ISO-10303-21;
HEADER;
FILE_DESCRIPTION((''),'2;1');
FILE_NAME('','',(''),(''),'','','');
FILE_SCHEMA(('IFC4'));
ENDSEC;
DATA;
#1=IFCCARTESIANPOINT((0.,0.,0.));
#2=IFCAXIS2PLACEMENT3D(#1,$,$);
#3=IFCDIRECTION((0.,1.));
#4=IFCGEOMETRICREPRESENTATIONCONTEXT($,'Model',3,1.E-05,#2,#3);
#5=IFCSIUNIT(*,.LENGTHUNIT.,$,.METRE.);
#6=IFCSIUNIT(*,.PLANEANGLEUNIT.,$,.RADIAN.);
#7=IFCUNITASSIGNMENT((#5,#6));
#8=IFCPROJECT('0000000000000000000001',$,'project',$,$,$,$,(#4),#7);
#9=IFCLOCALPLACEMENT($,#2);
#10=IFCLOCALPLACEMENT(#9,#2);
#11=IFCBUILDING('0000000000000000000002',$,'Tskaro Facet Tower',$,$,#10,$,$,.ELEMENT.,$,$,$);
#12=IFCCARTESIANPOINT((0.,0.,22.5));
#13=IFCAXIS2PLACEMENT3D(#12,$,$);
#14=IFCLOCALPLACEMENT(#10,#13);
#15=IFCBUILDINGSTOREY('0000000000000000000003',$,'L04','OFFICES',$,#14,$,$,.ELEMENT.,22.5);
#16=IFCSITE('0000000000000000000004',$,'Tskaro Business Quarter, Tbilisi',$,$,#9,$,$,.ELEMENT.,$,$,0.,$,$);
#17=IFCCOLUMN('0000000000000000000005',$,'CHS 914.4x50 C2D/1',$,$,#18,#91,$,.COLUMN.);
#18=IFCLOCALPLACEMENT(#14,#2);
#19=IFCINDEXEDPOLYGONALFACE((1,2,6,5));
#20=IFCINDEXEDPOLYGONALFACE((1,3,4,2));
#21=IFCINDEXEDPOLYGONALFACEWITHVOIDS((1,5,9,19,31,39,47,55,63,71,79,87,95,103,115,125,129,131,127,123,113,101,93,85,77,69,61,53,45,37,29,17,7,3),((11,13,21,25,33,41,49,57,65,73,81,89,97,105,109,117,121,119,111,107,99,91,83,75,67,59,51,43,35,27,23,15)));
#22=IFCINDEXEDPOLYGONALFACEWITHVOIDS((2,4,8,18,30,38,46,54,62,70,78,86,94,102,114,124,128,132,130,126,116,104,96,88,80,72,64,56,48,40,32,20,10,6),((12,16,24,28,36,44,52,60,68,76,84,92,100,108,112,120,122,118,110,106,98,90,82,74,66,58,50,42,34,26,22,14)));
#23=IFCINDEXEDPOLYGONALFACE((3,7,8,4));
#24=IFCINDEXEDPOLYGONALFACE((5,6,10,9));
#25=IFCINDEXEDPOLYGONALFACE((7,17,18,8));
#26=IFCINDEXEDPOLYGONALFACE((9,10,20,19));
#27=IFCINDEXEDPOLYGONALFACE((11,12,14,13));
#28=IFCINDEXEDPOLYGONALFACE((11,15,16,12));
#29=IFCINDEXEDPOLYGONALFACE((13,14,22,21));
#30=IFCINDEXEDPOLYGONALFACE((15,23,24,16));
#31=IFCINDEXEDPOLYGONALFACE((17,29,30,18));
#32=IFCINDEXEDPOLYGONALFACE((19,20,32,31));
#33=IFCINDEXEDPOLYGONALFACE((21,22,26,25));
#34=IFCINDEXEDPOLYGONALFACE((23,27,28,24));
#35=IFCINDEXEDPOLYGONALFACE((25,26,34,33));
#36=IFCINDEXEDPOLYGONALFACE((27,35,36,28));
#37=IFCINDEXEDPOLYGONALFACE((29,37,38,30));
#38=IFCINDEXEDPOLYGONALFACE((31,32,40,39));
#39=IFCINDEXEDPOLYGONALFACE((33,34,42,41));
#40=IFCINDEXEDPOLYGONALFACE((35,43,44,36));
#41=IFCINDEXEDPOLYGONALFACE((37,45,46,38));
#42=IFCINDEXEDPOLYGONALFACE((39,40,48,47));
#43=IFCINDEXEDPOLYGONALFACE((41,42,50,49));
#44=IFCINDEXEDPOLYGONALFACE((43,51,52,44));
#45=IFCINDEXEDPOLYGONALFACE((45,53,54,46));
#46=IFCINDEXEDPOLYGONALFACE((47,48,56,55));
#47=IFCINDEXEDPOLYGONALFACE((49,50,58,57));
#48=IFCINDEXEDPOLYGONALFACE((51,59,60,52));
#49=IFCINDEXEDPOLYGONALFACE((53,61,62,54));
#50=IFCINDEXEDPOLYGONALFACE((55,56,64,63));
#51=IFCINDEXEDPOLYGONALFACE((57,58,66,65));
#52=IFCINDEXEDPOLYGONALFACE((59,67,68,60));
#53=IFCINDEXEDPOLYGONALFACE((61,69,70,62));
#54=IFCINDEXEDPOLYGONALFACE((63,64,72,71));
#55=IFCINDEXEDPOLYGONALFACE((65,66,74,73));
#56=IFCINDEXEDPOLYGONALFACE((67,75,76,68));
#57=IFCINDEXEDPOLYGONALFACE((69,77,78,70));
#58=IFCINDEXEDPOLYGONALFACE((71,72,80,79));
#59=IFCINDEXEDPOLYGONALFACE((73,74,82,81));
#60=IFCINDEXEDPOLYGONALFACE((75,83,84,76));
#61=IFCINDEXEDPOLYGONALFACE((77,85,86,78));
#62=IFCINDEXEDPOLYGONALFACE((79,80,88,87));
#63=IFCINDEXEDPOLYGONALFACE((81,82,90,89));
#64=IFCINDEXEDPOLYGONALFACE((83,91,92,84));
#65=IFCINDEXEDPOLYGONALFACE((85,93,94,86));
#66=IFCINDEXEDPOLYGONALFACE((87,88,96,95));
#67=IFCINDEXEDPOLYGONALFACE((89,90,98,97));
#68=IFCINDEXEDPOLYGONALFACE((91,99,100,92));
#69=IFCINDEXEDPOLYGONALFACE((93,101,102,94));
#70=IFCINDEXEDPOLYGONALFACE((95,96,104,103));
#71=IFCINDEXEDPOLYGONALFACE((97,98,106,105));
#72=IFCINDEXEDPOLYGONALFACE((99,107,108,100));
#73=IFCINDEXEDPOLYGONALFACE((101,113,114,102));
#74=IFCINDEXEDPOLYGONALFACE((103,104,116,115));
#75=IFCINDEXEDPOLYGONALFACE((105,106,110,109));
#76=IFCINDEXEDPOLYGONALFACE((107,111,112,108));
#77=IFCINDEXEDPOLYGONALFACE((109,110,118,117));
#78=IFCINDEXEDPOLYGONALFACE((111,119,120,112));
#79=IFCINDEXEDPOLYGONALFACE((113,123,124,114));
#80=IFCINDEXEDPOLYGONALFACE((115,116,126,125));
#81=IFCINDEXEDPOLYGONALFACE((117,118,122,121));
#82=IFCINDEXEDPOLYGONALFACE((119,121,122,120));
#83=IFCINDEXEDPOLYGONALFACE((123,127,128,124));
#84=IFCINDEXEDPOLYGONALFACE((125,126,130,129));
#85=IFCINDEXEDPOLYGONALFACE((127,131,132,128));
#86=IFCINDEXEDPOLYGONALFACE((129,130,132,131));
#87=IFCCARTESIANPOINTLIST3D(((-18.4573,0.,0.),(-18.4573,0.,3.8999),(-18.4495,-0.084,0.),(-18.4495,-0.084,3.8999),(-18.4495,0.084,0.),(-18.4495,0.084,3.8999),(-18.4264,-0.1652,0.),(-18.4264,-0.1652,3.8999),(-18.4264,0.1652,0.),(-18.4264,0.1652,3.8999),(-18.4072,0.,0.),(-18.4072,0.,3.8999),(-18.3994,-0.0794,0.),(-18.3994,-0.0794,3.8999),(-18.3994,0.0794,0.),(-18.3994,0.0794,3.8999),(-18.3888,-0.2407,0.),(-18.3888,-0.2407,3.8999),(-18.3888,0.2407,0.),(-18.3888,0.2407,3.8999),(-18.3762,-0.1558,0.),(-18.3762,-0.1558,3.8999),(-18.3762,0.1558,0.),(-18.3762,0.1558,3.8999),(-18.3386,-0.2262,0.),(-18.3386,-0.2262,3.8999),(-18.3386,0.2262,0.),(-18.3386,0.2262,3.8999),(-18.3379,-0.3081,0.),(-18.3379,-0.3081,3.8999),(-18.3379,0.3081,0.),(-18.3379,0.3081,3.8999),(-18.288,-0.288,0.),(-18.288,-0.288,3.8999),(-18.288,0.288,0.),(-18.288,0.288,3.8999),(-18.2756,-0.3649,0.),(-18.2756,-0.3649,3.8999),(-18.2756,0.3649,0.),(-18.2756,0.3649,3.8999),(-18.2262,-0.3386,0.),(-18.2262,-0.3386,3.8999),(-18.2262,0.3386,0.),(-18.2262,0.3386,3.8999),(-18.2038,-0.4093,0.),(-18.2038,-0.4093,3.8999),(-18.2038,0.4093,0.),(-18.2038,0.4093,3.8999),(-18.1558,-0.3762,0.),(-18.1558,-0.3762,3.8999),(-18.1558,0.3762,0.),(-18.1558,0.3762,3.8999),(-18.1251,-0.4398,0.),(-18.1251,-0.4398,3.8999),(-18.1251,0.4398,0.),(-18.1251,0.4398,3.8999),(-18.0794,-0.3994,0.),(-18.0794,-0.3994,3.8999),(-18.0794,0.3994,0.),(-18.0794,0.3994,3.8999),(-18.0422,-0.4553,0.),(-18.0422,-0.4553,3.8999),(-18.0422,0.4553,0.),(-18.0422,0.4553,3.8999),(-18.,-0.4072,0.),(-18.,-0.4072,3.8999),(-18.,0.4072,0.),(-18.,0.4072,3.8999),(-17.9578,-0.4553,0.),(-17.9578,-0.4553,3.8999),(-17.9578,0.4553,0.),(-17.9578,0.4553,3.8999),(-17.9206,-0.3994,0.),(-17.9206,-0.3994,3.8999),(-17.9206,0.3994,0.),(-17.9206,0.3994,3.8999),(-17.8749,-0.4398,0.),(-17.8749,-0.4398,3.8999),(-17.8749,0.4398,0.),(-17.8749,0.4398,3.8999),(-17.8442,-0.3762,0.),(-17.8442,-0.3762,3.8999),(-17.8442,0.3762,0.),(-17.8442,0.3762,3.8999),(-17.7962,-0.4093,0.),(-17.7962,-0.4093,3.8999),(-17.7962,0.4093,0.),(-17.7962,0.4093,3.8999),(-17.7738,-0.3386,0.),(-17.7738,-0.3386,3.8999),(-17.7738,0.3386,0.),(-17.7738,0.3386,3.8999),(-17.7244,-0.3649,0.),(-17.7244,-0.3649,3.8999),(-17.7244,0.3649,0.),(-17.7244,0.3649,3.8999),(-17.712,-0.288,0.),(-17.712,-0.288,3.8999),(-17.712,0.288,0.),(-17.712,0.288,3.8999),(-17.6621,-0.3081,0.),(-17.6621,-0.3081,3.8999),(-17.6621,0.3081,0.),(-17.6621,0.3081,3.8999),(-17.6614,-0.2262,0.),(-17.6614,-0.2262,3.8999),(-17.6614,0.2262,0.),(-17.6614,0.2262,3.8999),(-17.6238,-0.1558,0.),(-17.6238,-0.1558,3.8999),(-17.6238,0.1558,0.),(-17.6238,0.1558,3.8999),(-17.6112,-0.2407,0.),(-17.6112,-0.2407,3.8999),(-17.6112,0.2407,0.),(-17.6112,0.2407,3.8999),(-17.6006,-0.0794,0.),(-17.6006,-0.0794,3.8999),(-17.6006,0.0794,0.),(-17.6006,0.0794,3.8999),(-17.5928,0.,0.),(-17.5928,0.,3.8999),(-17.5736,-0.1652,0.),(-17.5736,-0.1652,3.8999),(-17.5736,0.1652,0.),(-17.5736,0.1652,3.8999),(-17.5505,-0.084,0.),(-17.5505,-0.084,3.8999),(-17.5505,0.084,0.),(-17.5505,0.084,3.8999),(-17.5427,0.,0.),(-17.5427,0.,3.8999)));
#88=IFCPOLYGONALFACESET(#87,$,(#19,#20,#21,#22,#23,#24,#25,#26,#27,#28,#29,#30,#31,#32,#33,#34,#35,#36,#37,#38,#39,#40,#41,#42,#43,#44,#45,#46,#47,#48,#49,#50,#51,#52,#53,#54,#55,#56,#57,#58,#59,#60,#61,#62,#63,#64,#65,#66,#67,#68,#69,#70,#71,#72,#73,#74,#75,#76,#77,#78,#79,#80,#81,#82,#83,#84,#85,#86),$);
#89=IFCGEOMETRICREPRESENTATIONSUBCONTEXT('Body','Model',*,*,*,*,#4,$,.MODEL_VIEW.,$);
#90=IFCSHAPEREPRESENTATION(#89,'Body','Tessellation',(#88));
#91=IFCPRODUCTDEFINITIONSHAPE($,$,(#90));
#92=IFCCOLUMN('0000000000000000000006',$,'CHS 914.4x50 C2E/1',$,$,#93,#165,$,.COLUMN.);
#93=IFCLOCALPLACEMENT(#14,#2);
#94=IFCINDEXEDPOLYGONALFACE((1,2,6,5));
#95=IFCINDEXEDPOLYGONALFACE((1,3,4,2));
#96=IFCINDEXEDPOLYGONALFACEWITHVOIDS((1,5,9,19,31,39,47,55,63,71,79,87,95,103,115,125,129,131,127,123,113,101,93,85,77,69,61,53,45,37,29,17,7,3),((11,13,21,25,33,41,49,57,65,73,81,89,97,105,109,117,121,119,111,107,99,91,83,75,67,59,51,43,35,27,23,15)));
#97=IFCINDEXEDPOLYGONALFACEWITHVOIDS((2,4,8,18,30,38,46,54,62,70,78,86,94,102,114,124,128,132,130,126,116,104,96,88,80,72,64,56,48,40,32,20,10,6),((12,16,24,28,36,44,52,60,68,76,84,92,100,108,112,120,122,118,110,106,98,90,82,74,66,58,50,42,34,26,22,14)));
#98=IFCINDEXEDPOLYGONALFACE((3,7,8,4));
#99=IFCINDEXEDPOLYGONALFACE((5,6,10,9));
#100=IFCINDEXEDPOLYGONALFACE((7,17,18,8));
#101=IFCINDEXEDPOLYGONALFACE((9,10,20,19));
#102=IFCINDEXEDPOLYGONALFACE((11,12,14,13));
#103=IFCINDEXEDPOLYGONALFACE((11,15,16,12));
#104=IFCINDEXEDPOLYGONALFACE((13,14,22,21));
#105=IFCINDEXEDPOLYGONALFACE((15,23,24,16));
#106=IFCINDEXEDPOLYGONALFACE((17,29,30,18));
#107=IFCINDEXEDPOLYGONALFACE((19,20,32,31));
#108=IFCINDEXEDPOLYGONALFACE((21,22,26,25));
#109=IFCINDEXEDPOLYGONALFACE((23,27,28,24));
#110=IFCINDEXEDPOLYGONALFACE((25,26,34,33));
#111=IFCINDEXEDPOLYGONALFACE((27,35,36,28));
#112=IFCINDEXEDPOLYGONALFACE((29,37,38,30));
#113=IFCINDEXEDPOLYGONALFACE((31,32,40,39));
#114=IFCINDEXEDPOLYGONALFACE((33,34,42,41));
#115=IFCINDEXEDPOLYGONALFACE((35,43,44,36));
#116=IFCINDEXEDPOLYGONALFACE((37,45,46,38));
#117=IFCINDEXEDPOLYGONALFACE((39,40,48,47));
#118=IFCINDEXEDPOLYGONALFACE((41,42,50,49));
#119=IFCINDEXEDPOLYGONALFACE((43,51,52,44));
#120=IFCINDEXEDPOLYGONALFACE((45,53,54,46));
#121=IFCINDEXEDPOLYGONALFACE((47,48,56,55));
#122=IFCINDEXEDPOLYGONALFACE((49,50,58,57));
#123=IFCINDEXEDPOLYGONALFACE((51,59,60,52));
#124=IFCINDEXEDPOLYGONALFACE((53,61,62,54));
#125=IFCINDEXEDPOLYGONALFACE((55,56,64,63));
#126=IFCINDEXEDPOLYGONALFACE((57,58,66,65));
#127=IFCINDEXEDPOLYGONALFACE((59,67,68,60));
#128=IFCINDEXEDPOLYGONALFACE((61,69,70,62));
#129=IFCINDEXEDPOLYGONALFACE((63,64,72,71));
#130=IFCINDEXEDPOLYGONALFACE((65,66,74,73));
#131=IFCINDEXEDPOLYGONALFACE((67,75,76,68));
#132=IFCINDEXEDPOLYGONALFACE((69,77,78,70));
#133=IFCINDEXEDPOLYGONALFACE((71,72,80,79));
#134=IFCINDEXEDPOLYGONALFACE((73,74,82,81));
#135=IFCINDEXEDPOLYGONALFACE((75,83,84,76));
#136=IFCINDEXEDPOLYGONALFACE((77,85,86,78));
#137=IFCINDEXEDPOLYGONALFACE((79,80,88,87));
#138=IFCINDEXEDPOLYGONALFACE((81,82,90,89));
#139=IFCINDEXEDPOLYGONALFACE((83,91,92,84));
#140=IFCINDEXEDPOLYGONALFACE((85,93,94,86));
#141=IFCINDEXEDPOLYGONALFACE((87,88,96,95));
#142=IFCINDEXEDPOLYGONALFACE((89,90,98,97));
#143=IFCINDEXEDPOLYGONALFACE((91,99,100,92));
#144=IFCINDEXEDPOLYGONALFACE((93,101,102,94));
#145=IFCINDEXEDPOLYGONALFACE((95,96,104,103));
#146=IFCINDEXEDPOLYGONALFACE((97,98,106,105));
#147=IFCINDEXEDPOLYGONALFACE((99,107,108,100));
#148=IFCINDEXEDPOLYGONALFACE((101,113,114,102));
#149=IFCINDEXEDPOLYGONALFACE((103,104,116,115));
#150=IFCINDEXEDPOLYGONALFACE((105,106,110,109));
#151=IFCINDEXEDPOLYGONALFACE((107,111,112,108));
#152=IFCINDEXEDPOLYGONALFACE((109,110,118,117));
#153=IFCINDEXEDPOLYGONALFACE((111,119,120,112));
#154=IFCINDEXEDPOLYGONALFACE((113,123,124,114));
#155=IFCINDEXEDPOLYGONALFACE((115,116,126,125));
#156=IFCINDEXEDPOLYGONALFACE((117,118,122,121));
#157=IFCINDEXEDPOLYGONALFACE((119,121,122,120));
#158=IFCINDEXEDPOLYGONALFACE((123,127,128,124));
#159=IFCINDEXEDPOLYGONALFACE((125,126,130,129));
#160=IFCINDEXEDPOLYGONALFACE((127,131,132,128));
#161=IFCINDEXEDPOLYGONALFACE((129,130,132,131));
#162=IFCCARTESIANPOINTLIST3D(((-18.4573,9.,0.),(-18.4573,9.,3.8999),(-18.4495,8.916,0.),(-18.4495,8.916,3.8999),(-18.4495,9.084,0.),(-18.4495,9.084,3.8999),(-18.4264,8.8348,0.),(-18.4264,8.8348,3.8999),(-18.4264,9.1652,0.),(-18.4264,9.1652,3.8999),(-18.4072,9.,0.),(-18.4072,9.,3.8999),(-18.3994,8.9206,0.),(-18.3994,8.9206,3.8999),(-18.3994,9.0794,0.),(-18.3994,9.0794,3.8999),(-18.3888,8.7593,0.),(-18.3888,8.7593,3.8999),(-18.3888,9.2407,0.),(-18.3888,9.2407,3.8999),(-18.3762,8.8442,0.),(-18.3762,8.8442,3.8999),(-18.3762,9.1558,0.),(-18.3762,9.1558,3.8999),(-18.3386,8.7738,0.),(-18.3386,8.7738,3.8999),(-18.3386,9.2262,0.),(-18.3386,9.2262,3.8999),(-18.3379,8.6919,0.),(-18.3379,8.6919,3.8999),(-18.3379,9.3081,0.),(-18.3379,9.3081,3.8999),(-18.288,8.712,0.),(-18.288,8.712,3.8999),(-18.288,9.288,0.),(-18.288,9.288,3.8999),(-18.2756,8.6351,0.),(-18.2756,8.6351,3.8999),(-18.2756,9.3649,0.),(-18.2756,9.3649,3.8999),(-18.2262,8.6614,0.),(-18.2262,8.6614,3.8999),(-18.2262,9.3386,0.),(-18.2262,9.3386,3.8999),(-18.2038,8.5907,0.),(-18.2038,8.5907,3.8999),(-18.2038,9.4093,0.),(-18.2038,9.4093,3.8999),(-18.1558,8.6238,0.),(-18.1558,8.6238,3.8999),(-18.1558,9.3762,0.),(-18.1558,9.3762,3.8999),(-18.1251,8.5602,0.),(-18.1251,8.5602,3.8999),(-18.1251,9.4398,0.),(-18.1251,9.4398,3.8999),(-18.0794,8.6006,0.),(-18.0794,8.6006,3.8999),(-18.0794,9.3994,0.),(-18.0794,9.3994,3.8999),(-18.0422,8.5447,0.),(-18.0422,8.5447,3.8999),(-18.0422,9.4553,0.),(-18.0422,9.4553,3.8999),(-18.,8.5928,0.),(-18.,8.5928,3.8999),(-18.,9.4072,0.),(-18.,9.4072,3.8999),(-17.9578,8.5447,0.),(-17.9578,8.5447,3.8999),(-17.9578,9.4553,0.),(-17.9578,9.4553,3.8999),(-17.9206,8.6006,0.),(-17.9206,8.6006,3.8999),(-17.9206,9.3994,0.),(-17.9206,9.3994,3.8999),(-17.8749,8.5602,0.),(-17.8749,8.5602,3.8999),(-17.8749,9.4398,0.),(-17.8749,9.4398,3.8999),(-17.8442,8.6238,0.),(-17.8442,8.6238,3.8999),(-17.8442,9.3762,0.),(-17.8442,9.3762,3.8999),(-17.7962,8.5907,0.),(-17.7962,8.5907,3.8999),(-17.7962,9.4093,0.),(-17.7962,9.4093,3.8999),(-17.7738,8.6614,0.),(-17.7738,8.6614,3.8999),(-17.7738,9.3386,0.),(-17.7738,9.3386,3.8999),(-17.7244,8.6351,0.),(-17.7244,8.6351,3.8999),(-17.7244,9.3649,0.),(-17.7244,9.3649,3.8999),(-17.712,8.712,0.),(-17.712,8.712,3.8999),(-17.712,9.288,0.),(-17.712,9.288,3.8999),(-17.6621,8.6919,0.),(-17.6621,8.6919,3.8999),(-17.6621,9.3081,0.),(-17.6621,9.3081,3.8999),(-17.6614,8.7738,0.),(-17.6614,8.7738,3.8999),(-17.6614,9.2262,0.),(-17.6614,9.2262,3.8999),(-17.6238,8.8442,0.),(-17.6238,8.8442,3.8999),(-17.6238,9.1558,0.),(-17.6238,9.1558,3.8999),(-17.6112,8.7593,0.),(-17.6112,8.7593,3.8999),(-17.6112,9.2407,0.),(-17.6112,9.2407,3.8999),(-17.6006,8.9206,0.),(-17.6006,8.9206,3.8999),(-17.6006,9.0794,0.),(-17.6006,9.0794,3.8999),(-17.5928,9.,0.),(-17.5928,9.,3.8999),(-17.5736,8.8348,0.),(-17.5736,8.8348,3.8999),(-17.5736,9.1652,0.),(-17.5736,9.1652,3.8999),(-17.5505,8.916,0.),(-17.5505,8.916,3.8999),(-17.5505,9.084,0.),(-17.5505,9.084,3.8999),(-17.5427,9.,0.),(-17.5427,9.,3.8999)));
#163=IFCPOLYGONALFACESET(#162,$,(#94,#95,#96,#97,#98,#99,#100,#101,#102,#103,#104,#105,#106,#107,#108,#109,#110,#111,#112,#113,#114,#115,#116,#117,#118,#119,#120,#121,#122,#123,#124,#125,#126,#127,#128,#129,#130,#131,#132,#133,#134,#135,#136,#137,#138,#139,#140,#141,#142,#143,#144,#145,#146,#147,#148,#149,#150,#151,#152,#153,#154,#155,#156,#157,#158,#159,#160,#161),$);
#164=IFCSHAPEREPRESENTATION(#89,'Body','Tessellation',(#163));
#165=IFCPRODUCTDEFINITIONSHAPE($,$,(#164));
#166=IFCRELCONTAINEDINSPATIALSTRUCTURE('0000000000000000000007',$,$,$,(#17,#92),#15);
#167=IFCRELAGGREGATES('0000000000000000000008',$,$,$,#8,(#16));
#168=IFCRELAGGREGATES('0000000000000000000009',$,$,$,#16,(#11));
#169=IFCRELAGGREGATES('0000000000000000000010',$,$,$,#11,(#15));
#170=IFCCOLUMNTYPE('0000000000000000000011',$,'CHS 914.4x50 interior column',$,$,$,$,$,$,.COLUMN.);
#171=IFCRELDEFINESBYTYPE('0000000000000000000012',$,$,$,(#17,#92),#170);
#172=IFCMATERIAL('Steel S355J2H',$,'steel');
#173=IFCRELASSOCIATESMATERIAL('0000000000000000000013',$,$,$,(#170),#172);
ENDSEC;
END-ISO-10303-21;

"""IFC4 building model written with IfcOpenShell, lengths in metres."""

from ifc_helpers import new_model, si_unit, direction, frame, origin, origin_2d, place, context, subcontext, project, spatial, hollow_circle, extrude, material, material_profile, profile_set, type_object, element, save


model = new_model("IFC4")

# Units and contexts
model_context = context("Model", 3, precision=1e-05, world=origin(), true_north=direction((0.0, 1.0)))
body_context = subcontext(model_context, "Body", "Model", "MODEL_VIEW")
ifc_project = project(units=[si_unit("LENGTHUNIT", "METRE"), si_unit("PLANEANGLEUNIT", "RADIAN")], contexts=[model_context])

# Site, building, storey
site_placement = place(None, origin())
site = spatial("IfcSite", under=ifc_project, at=site_placement, Name="Tskaro Business Quarter, Tbilisi", CompositionType="ELEMENT", RefElevation=0.0)
building_placement = place(site_placement, origin())
building = spatial("IfcBuilding", under=site, at=building_placement, Name="Tskaro Facet Tower", CompositionType="ELEMENT")
storey_placement = place(building_placement, frame((0.0, 0.0, 22.5)))
storey = spatial("IfcBuildingStorey", under=building, at=storey_placement, Name="L04", Description="OFFICES", CompositionType="ELEMENT", Elevation=22.5)

# Columns
ifc_material_1 = material(Name="Steel S355J2H", Category="steel")
ifc_material_profile_1 = material_profile(ifc_material_1, hollow_circle(Radius=0.4573, WallThickness=0.05, at=origin_2d()), Name="CHS 914.4x50")
ifc_profile_set_1 = profile_set([ifc_material_profile_1], Name="Steel S355J2H")
column_type_1 = type_object("IfcColumnType", Name="CHS 914.4x50 interior column", PredefinedType="COLUMN", material=ifc_profile_set_1)
for number, where, z_axis, x_axis, name in (
    (1, (-18.0, 0.0, 0.0), (0.0, 0.0, 1.0), (1.0, 0.0, 0.0), "CHS 914.4x50 C2D/1"),
    (2, (-18.0, 9.0, 0.0), (0.0, 0.0, 1.0), (1.0, 0.0, 0.0), "CHS 914.4x50 C2E/1"),
):
    element("IfcColumn", number, at=place(storey_placement, frame(where, z_axis=z_axis, x_axis=x_axis)), inside=storey, type_object=column_type_1, Name=name, PredefinedType="COLUMN", context=body_context, shape_type="SweptSolid", body=[
        extrude(hollow_circle(Radius=0.4573, WallThickness=0.05, at=origin_2d()), origin(), (0.0, 0.0, 1.0), 3.8999),
    ])

save(model, "model.ifc")
